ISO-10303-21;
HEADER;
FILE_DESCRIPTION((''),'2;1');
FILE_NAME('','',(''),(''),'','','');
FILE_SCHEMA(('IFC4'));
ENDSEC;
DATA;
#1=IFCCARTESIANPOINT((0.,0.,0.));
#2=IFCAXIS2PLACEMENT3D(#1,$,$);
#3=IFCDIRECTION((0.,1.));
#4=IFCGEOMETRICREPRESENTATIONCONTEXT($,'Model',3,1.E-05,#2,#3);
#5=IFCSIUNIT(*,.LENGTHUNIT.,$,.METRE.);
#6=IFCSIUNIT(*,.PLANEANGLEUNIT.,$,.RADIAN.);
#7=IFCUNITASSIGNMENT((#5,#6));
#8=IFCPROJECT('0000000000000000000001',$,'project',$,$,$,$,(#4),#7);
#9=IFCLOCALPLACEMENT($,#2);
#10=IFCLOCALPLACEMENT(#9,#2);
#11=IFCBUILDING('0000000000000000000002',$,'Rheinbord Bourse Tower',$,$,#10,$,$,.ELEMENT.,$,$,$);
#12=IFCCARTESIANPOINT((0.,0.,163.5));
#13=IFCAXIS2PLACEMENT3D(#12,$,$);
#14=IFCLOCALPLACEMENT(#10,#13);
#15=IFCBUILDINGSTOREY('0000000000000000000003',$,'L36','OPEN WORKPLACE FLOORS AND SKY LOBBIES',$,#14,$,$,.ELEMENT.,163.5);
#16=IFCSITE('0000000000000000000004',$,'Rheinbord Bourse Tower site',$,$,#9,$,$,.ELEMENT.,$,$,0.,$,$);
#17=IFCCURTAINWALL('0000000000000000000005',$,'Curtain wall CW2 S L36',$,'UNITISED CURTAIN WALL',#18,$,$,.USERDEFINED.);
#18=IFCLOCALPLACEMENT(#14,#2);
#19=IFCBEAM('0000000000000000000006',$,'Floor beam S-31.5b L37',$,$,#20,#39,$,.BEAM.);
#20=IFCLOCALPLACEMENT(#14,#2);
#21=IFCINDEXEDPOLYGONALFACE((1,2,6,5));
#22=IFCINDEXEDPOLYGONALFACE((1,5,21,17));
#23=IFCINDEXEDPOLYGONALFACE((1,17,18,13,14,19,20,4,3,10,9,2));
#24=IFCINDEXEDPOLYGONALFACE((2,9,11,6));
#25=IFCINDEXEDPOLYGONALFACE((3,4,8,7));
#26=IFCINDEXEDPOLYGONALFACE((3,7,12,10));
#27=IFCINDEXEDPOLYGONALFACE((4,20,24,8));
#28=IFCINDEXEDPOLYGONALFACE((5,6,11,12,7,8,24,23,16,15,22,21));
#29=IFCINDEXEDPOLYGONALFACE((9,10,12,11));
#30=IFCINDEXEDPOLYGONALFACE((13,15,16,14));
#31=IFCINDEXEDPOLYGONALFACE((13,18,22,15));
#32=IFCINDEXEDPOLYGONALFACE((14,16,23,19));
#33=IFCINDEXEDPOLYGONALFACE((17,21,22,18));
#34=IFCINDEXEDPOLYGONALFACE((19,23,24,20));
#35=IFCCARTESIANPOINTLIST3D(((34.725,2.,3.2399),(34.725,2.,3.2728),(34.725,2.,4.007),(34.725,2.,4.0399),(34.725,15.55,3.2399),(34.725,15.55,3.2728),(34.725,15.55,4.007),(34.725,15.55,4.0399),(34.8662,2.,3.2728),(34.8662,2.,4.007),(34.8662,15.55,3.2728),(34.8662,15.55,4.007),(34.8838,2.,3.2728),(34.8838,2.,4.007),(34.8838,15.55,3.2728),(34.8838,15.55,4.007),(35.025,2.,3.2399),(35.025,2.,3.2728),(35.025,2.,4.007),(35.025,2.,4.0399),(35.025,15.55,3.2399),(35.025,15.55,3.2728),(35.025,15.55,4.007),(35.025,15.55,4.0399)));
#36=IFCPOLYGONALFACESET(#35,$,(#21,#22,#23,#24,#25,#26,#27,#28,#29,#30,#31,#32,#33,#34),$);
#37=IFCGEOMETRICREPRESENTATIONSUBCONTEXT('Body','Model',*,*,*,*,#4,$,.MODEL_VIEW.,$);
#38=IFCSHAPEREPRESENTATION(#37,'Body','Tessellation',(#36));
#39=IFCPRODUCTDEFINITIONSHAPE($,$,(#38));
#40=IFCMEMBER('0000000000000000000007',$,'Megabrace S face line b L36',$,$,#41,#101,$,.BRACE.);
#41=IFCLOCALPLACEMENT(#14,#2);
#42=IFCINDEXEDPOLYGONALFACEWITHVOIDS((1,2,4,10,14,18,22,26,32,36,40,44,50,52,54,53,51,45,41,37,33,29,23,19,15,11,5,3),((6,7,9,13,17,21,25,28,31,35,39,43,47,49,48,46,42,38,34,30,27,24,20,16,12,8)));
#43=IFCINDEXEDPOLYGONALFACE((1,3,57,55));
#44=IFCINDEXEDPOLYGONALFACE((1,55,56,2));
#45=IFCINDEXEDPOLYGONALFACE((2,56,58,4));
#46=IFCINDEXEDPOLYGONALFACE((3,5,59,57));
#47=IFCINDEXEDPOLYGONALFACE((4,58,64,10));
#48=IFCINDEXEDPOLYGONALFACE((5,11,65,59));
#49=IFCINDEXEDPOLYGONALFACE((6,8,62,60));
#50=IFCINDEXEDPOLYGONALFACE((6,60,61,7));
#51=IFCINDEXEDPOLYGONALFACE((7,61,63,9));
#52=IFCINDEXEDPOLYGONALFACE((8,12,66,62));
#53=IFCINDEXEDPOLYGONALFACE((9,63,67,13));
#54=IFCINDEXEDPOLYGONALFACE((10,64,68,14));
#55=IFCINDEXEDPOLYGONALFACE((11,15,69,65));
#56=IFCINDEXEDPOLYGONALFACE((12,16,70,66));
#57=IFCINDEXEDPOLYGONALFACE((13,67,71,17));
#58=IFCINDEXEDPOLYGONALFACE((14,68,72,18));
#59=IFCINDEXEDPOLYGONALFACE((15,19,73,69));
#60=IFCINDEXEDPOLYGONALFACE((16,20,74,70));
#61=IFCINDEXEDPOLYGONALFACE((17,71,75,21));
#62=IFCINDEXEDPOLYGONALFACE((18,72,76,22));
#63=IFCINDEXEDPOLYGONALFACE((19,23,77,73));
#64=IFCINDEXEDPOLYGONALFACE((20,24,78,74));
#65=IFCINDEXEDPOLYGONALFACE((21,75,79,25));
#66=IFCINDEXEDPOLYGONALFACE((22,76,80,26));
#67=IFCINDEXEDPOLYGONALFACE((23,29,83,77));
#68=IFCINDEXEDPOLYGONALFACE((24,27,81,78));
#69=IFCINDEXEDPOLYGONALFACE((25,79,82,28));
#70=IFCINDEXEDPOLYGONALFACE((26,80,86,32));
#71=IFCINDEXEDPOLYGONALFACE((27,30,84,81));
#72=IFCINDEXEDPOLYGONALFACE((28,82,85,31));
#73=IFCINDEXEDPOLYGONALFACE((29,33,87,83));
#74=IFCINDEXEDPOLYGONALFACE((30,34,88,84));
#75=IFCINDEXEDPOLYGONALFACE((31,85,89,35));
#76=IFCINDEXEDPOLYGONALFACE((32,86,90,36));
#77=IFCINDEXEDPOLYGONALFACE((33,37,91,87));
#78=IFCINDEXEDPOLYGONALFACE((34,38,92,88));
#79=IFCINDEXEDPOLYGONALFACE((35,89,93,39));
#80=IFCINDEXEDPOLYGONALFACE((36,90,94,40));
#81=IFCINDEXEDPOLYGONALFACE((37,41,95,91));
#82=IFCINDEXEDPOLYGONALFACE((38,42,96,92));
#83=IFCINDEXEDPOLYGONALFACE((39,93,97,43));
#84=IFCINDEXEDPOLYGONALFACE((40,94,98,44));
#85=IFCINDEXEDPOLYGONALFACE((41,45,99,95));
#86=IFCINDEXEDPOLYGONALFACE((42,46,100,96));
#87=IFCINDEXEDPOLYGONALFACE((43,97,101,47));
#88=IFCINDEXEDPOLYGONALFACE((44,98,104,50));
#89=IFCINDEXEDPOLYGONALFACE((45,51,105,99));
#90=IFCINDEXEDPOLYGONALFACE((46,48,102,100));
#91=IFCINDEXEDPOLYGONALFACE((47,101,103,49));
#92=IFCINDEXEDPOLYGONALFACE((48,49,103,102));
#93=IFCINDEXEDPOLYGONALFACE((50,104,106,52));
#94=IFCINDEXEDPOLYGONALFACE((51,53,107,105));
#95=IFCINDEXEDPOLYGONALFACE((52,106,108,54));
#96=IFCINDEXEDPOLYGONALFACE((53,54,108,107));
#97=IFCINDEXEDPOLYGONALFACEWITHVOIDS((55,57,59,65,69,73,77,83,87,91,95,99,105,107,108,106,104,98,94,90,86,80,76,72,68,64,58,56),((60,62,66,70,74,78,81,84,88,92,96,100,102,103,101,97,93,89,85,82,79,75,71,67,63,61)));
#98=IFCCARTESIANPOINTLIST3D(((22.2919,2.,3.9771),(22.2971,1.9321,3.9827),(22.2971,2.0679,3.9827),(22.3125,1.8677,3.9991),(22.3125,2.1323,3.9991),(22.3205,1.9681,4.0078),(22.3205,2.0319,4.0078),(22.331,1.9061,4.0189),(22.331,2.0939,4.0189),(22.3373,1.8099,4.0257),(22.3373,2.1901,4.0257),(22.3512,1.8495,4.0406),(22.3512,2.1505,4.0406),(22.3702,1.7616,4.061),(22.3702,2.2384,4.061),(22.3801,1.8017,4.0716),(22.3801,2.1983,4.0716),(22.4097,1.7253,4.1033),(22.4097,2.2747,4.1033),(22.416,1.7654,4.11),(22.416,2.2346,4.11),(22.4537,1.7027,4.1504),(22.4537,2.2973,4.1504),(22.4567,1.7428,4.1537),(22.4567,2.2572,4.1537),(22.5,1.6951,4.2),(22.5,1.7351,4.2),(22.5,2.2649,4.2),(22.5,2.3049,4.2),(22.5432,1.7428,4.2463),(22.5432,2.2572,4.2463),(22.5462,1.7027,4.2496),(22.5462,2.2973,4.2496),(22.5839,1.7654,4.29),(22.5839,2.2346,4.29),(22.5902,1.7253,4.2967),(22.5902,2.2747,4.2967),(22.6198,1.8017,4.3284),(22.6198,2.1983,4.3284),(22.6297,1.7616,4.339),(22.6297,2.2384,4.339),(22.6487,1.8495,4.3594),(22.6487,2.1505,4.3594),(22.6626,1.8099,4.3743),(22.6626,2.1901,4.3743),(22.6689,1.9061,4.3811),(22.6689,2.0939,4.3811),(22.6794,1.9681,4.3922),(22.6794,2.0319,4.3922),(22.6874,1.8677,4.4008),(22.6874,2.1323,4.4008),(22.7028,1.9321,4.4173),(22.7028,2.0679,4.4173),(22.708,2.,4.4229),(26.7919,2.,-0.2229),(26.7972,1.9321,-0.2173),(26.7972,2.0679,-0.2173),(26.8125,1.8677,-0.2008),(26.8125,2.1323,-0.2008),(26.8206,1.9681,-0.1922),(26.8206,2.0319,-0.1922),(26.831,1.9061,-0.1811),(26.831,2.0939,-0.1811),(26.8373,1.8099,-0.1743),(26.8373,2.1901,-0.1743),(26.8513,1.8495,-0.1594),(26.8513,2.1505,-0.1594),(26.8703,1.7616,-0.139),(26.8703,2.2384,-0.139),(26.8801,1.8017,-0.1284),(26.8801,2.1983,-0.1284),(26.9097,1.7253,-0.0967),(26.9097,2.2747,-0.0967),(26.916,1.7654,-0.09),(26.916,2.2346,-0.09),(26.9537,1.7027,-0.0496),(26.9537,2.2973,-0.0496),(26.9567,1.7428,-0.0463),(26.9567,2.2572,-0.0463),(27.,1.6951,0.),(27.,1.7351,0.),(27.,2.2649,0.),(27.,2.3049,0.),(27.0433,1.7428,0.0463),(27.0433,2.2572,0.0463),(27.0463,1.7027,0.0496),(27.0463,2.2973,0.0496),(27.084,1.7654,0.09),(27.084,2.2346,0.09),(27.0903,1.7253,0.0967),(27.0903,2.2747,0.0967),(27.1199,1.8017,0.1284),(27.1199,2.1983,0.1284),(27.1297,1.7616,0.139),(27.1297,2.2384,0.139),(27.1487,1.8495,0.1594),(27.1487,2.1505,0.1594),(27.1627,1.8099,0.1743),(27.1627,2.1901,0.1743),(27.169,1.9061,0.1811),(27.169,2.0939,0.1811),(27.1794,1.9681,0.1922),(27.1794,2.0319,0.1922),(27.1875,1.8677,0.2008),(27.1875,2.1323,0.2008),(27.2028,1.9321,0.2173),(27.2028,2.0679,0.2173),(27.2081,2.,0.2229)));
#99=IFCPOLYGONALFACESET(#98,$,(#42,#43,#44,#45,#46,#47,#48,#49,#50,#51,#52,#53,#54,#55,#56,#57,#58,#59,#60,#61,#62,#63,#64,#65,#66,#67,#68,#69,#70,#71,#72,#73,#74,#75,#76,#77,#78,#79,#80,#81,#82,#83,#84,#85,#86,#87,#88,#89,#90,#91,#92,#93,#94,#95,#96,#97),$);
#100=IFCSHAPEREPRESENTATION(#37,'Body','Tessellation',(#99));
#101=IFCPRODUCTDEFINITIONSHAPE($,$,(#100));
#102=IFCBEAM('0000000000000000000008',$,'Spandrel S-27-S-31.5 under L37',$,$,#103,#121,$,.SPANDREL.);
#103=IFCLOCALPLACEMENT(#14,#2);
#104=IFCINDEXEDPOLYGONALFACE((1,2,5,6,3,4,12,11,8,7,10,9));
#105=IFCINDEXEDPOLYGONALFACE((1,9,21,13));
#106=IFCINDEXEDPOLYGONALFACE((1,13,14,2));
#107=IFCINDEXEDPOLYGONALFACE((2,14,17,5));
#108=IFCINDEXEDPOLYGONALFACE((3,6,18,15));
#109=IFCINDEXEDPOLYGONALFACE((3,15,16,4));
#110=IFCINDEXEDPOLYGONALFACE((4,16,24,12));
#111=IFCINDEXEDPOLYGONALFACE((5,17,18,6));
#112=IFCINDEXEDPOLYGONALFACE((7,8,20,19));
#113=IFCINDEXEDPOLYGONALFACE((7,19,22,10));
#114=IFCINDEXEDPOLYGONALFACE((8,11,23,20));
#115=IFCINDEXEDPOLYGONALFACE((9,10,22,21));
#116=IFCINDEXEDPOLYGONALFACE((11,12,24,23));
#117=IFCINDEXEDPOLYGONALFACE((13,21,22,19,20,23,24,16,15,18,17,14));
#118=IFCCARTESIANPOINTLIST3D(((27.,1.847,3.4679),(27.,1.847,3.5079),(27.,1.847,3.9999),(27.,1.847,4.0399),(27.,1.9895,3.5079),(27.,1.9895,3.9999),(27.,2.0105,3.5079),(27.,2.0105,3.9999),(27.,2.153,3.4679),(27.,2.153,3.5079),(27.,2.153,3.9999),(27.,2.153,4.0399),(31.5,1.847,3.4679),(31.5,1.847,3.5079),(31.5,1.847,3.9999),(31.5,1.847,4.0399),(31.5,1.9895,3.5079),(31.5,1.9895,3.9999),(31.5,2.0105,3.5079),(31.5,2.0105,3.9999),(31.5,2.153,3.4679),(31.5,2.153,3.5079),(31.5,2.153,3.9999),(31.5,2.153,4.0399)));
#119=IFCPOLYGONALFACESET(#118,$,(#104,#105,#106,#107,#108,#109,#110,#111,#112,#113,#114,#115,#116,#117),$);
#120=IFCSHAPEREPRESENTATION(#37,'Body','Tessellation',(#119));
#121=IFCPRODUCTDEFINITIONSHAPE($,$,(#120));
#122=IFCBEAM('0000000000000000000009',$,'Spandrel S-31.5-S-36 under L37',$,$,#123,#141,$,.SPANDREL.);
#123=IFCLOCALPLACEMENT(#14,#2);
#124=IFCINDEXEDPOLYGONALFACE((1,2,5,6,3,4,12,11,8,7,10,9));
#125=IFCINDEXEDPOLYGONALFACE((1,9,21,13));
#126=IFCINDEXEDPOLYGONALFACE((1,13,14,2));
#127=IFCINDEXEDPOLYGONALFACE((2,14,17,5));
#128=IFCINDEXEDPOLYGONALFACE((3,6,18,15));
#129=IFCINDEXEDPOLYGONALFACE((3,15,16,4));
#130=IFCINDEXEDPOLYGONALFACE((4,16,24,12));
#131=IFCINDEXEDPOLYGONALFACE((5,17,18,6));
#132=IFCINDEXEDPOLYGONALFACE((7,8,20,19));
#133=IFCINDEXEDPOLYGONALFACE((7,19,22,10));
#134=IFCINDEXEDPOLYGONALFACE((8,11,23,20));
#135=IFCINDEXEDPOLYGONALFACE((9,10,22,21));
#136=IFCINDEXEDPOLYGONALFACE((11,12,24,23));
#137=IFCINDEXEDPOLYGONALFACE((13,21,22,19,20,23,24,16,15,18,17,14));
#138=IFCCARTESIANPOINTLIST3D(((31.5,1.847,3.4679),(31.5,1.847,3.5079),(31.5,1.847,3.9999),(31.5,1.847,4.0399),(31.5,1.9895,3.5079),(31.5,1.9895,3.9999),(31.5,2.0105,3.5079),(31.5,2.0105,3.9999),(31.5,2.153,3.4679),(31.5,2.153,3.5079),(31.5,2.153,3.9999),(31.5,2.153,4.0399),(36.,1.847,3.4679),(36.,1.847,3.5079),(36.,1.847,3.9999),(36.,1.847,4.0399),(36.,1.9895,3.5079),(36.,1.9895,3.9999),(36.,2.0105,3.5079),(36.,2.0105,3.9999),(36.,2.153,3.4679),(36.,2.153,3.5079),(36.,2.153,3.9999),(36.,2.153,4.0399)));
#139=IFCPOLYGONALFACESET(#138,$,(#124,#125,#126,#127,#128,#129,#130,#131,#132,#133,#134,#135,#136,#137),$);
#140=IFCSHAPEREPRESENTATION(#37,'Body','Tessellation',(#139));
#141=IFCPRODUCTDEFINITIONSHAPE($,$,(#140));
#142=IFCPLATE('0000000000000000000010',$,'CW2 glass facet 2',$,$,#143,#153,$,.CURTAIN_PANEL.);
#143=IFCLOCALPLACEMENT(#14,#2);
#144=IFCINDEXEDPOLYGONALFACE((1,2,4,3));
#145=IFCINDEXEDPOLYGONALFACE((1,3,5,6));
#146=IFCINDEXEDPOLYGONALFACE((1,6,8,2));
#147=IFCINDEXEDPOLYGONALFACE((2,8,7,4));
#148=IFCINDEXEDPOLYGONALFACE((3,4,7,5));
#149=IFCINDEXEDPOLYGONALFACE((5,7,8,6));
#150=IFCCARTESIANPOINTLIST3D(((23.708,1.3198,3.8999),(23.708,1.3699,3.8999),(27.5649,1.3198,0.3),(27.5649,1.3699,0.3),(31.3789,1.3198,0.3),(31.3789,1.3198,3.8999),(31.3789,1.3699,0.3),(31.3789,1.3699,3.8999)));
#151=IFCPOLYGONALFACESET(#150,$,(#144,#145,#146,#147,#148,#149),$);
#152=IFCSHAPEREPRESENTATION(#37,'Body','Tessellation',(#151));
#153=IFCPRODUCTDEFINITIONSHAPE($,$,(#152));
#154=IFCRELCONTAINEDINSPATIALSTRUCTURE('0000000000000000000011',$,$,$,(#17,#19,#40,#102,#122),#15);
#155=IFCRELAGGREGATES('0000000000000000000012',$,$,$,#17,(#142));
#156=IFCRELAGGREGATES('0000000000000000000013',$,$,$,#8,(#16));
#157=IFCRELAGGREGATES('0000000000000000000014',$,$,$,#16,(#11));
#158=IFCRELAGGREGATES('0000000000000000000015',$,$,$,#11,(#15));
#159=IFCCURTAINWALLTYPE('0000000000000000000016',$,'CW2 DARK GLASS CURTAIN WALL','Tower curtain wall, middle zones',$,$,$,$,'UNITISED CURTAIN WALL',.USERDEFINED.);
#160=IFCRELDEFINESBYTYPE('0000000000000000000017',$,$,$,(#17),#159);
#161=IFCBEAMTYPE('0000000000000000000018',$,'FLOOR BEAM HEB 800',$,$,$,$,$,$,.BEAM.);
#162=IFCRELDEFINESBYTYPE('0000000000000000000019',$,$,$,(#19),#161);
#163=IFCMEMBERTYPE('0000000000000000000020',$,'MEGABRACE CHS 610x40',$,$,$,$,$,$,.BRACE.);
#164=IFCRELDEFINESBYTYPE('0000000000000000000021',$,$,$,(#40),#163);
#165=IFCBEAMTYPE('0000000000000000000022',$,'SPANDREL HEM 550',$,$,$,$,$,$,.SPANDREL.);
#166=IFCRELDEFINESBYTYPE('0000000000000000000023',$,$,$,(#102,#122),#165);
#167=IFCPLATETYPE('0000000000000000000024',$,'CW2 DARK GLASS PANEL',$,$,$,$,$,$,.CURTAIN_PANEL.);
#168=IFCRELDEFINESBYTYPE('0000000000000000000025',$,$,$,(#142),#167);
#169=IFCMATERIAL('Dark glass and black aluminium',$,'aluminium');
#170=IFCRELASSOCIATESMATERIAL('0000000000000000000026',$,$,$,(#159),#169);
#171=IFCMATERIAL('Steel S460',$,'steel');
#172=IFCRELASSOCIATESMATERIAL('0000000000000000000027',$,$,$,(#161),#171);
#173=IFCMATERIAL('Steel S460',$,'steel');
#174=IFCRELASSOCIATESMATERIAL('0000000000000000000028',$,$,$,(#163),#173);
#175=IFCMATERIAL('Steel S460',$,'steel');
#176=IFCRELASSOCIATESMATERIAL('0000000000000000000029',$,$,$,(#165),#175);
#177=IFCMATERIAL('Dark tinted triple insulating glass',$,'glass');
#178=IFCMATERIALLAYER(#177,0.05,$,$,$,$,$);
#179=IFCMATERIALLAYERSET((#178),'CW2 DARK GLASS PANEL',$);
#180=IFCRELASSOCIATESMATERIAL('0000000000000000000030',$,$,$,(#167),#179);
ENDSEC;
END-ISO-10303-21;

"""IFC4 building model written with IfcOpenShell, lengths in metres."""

from ifc_helpers import new_model, si_unit, direction, frame, origin, origin_2d, place, context, subcontext, project, spatial, polyline, hollow_circle, i_section, outline, extrude, material, layer, layer_set, material_profile, profile_set, type_object, element, aggregate, save


model = new_model("IFC4")

# Units and contexts
model_context = context("Model", 3, precision=1e-05, world=origin(), true_north=direction((0.0, 1.0)))
body_context = subcontext(model_context, "Body", "Model", "MODEL_VIEW")
ifc_project = project(units=[si_unit("LENGTHUNIT", "METRE"), si_unit("PLANEANGLEUNIT", "RADIAN")], contexts=[model_context])

# Site, building, storey
site_placement = place(None, origin())
site = spatial("IfcSite", under=ifc_project, at=site_placement, Name="Rheinbord Bourse Tower site", CompositionType="ELEMENT", RefElevation=0.0)
building_placement = place(site_placement, origin())
building = spatial("IfcBuilding", under=site, at=building_placement, Name="Rheinbord Bourse Tower", CompositionType="ELEMENT")
storey_placement = place(building_placement, frame((0.0, 0.0, 163.5)))
storey = spatial("IfcBuildingStorey", under=building, at=storey_placement, Name="L36", Description="OPEN WORKPLACE FLOORS AND SKY LOBBIES", CompositionType="ELEMENT", Elevation=163.5)

# Curtain wall
ifc_material_1 = material(Name="Dark glass and black aluminium", Category="aluminium")
curtain_wall_type = type_object("IfcCurtainWallType", Name="CW2 DARK GLASS CURTAIN WALL", Description="Tower curtain wall, middle zones", ElementType="UNITISED CURTAIN WALL", PredefinedType="USERDEFINED", material=ifc_material_1)
curtain_wall_placement = place(storey_placement, origin())
curtain_wall = element("IfcCurtainWall", 1, at=curtain_wall_placement, inside=storey, type_object=curtain_wall_type, Name="Curtain wall CW2 S L36", ObjectType="UNITISED CURTAIN WALL", PredefinedType="USERDEFINED")

# Beam
ifc_material_2 = material(Name="Steel S460", Category="steel")
ifc_material_profile_1 = material_profile(ifc_material_2, i_section(OverallWidth=0.3, OverallDepth=0.8, WebThickness=0.0176, FlangeThickness=0.033, at=origin_2d()), Name="HEB 800")
ifc_profile_set_1 = profile_set([ifc_material_profile_1], Name="Steel S460")
beam_type_1 = type_object("IfcBeamType", Name="FLOOR BEAM HEB 800", PredefinedType="BEAM", material=ifc_profile_set_1)
for number, where, z_axis, x_axis, name in (
    (2, (34.875, 2.0, 3.6399), (0.0, 1.0, 0.0), (-1.0, 0.0, 0.0), "Floor beam S-31.5b L37"),
):
    element("IfcBeam", number, at=place(storey_placement, frame(where, z_axis=z_axis, x_axis=x_axis)), inside=storey, type_object=beam_type_1, Name=name, PredefinedType="BEAM", context=body_context, shape_type="SweptSolid", body=[
        extrude(i_section(OverallWidth=0.3, OverallDepth=0.8, WebThickness=0.0176, FlangeThickness=0.033, at=origin_2d()), origin(), (0.0, 0.0, 1.0), 13.55),
    ])

# Member
ifc_material_3 = material(Name="Steel S460", Category="steel")
ifc_material_profile_2 = material_profile(ifc_material_3, hollow_circle(Radius=0.3049, WallThickness=0.04, at=origin_2d()), Name="CHS 610x40")
ifc_profile_set_2 = profile_set([ifc_material_profile_2], Name="Steel S460")
member_type_1 = type_object("IfcMemberType", Name="MEGABRACE CHS 610x40", PredefinedType="BRACE", material=ifc_profile_set_2)
member_1_placement = place(storey_placement, frame((27.0, 2.0, 0.0), z_axis=(-0.731059, 0.0, 0.682314), x_axis=(0.0, -1.0, 0.0)))
element("IfcMember", 3, at=member_1_placement, inside=storey, type_object=member_type_1, Name="Megabrace S face line b L36", PredefinedType="BRACE", context=body_context, shape_type="SweptSolid", body=[
    extrude(hollow_circle(Radius=0.3049, WallThickness=0.04, at=origin_2d()), origin(), (0.0, 0.0, 1.0), 6.1555),
])

# Beams
ifc_material_4 = material(Name="Steel S460", Category="steel")
ifc_material_profile_3 = material_profile(ifc_material_4, i_section(OverallWidth=0.3059, OverallDepth=0.572, WebThickness=0.021, FlangeThickness=0.04, at=origin_2d()), Name="HEM 550")
ifc_profile_set_3 = profile_set([ifc_material_profile_3], Name="Steel S460")
beam_type_2 = type_object("IfcBeamType", Name="SPANDREL HEM 550", PredefinedType="SPANDREL", material=ifc_profile_set_3)
for number, where, z_axis, x_axis, name in (
    (4, (27.0, 2.0, 3.7539), (1.0, 0.0, 0.0), (0.0, 1.0, 0.0), "Spandrel S-27-S-31.5 under L37"),
    (5, (31.5, 2.0, 3.7539), (1.0, 0.0, 0.0), (0.0, 1.0, 0.0), "Spandrel S-31.5-S-36 under L37"),
):
    element("IfcBeam", number, at=place(storey_placement, frame(where, z_axis=z_axis, x_axis=x_axis)), inside=storey, type_object=beam_type_2, Name=name, PredefinedType="SPANDREL", context=body_context, shape_type="SweptSolid", body=[
        extrude(i_section(OverallWidth=0.3059, OverallDepth=0.572, WebThickness=0.021, FlangeThickness=0.04, at=origin_2d()), origin(), (0.0, 0.0, 1.0), 4.5),
    ])

# Plate
ifc_material_5 = material(Name="Dark tinted triple insulating glass", Category="glass")
ifc_layer = layer(ifc_material_5, 0.05)
ifc_layer_set = layer_set([ifc_layer], Name="CW2 DARK GLASS PANEL")
plate_type = type_object("IfcPlateType", Name="CW2 DARK GLASS PANEL", PredefinedType="CURTAIN_PANEL", material=ifc_layer_set)
plate_placement = place(storey_placement, frame((31.3789, 1.3198, 3.8999), z_axis=(0.0, 1.0, 0.0), x_axis=(0.0, 0.0, -1.0)))
plate = element("IfcPlate", 6, at=plate_placement, type_object=plate_type, Name="CW2 glass facet 2", PredefinedType="CURTAIN_PANEL", context=body_context, shape_type="SweptSolid", body=[
    extrude(outline(polyline([(0.0, 0.0), (3.5999, 0.0), (3.5999, 3.814), (0.0, 7.6709), (0.0, 0.0)])), origin(), (0.0, 0.0, 1.0), 0.05),
])
aggregate(curtain_wall, [plate])

save(model, "model.ifc")
